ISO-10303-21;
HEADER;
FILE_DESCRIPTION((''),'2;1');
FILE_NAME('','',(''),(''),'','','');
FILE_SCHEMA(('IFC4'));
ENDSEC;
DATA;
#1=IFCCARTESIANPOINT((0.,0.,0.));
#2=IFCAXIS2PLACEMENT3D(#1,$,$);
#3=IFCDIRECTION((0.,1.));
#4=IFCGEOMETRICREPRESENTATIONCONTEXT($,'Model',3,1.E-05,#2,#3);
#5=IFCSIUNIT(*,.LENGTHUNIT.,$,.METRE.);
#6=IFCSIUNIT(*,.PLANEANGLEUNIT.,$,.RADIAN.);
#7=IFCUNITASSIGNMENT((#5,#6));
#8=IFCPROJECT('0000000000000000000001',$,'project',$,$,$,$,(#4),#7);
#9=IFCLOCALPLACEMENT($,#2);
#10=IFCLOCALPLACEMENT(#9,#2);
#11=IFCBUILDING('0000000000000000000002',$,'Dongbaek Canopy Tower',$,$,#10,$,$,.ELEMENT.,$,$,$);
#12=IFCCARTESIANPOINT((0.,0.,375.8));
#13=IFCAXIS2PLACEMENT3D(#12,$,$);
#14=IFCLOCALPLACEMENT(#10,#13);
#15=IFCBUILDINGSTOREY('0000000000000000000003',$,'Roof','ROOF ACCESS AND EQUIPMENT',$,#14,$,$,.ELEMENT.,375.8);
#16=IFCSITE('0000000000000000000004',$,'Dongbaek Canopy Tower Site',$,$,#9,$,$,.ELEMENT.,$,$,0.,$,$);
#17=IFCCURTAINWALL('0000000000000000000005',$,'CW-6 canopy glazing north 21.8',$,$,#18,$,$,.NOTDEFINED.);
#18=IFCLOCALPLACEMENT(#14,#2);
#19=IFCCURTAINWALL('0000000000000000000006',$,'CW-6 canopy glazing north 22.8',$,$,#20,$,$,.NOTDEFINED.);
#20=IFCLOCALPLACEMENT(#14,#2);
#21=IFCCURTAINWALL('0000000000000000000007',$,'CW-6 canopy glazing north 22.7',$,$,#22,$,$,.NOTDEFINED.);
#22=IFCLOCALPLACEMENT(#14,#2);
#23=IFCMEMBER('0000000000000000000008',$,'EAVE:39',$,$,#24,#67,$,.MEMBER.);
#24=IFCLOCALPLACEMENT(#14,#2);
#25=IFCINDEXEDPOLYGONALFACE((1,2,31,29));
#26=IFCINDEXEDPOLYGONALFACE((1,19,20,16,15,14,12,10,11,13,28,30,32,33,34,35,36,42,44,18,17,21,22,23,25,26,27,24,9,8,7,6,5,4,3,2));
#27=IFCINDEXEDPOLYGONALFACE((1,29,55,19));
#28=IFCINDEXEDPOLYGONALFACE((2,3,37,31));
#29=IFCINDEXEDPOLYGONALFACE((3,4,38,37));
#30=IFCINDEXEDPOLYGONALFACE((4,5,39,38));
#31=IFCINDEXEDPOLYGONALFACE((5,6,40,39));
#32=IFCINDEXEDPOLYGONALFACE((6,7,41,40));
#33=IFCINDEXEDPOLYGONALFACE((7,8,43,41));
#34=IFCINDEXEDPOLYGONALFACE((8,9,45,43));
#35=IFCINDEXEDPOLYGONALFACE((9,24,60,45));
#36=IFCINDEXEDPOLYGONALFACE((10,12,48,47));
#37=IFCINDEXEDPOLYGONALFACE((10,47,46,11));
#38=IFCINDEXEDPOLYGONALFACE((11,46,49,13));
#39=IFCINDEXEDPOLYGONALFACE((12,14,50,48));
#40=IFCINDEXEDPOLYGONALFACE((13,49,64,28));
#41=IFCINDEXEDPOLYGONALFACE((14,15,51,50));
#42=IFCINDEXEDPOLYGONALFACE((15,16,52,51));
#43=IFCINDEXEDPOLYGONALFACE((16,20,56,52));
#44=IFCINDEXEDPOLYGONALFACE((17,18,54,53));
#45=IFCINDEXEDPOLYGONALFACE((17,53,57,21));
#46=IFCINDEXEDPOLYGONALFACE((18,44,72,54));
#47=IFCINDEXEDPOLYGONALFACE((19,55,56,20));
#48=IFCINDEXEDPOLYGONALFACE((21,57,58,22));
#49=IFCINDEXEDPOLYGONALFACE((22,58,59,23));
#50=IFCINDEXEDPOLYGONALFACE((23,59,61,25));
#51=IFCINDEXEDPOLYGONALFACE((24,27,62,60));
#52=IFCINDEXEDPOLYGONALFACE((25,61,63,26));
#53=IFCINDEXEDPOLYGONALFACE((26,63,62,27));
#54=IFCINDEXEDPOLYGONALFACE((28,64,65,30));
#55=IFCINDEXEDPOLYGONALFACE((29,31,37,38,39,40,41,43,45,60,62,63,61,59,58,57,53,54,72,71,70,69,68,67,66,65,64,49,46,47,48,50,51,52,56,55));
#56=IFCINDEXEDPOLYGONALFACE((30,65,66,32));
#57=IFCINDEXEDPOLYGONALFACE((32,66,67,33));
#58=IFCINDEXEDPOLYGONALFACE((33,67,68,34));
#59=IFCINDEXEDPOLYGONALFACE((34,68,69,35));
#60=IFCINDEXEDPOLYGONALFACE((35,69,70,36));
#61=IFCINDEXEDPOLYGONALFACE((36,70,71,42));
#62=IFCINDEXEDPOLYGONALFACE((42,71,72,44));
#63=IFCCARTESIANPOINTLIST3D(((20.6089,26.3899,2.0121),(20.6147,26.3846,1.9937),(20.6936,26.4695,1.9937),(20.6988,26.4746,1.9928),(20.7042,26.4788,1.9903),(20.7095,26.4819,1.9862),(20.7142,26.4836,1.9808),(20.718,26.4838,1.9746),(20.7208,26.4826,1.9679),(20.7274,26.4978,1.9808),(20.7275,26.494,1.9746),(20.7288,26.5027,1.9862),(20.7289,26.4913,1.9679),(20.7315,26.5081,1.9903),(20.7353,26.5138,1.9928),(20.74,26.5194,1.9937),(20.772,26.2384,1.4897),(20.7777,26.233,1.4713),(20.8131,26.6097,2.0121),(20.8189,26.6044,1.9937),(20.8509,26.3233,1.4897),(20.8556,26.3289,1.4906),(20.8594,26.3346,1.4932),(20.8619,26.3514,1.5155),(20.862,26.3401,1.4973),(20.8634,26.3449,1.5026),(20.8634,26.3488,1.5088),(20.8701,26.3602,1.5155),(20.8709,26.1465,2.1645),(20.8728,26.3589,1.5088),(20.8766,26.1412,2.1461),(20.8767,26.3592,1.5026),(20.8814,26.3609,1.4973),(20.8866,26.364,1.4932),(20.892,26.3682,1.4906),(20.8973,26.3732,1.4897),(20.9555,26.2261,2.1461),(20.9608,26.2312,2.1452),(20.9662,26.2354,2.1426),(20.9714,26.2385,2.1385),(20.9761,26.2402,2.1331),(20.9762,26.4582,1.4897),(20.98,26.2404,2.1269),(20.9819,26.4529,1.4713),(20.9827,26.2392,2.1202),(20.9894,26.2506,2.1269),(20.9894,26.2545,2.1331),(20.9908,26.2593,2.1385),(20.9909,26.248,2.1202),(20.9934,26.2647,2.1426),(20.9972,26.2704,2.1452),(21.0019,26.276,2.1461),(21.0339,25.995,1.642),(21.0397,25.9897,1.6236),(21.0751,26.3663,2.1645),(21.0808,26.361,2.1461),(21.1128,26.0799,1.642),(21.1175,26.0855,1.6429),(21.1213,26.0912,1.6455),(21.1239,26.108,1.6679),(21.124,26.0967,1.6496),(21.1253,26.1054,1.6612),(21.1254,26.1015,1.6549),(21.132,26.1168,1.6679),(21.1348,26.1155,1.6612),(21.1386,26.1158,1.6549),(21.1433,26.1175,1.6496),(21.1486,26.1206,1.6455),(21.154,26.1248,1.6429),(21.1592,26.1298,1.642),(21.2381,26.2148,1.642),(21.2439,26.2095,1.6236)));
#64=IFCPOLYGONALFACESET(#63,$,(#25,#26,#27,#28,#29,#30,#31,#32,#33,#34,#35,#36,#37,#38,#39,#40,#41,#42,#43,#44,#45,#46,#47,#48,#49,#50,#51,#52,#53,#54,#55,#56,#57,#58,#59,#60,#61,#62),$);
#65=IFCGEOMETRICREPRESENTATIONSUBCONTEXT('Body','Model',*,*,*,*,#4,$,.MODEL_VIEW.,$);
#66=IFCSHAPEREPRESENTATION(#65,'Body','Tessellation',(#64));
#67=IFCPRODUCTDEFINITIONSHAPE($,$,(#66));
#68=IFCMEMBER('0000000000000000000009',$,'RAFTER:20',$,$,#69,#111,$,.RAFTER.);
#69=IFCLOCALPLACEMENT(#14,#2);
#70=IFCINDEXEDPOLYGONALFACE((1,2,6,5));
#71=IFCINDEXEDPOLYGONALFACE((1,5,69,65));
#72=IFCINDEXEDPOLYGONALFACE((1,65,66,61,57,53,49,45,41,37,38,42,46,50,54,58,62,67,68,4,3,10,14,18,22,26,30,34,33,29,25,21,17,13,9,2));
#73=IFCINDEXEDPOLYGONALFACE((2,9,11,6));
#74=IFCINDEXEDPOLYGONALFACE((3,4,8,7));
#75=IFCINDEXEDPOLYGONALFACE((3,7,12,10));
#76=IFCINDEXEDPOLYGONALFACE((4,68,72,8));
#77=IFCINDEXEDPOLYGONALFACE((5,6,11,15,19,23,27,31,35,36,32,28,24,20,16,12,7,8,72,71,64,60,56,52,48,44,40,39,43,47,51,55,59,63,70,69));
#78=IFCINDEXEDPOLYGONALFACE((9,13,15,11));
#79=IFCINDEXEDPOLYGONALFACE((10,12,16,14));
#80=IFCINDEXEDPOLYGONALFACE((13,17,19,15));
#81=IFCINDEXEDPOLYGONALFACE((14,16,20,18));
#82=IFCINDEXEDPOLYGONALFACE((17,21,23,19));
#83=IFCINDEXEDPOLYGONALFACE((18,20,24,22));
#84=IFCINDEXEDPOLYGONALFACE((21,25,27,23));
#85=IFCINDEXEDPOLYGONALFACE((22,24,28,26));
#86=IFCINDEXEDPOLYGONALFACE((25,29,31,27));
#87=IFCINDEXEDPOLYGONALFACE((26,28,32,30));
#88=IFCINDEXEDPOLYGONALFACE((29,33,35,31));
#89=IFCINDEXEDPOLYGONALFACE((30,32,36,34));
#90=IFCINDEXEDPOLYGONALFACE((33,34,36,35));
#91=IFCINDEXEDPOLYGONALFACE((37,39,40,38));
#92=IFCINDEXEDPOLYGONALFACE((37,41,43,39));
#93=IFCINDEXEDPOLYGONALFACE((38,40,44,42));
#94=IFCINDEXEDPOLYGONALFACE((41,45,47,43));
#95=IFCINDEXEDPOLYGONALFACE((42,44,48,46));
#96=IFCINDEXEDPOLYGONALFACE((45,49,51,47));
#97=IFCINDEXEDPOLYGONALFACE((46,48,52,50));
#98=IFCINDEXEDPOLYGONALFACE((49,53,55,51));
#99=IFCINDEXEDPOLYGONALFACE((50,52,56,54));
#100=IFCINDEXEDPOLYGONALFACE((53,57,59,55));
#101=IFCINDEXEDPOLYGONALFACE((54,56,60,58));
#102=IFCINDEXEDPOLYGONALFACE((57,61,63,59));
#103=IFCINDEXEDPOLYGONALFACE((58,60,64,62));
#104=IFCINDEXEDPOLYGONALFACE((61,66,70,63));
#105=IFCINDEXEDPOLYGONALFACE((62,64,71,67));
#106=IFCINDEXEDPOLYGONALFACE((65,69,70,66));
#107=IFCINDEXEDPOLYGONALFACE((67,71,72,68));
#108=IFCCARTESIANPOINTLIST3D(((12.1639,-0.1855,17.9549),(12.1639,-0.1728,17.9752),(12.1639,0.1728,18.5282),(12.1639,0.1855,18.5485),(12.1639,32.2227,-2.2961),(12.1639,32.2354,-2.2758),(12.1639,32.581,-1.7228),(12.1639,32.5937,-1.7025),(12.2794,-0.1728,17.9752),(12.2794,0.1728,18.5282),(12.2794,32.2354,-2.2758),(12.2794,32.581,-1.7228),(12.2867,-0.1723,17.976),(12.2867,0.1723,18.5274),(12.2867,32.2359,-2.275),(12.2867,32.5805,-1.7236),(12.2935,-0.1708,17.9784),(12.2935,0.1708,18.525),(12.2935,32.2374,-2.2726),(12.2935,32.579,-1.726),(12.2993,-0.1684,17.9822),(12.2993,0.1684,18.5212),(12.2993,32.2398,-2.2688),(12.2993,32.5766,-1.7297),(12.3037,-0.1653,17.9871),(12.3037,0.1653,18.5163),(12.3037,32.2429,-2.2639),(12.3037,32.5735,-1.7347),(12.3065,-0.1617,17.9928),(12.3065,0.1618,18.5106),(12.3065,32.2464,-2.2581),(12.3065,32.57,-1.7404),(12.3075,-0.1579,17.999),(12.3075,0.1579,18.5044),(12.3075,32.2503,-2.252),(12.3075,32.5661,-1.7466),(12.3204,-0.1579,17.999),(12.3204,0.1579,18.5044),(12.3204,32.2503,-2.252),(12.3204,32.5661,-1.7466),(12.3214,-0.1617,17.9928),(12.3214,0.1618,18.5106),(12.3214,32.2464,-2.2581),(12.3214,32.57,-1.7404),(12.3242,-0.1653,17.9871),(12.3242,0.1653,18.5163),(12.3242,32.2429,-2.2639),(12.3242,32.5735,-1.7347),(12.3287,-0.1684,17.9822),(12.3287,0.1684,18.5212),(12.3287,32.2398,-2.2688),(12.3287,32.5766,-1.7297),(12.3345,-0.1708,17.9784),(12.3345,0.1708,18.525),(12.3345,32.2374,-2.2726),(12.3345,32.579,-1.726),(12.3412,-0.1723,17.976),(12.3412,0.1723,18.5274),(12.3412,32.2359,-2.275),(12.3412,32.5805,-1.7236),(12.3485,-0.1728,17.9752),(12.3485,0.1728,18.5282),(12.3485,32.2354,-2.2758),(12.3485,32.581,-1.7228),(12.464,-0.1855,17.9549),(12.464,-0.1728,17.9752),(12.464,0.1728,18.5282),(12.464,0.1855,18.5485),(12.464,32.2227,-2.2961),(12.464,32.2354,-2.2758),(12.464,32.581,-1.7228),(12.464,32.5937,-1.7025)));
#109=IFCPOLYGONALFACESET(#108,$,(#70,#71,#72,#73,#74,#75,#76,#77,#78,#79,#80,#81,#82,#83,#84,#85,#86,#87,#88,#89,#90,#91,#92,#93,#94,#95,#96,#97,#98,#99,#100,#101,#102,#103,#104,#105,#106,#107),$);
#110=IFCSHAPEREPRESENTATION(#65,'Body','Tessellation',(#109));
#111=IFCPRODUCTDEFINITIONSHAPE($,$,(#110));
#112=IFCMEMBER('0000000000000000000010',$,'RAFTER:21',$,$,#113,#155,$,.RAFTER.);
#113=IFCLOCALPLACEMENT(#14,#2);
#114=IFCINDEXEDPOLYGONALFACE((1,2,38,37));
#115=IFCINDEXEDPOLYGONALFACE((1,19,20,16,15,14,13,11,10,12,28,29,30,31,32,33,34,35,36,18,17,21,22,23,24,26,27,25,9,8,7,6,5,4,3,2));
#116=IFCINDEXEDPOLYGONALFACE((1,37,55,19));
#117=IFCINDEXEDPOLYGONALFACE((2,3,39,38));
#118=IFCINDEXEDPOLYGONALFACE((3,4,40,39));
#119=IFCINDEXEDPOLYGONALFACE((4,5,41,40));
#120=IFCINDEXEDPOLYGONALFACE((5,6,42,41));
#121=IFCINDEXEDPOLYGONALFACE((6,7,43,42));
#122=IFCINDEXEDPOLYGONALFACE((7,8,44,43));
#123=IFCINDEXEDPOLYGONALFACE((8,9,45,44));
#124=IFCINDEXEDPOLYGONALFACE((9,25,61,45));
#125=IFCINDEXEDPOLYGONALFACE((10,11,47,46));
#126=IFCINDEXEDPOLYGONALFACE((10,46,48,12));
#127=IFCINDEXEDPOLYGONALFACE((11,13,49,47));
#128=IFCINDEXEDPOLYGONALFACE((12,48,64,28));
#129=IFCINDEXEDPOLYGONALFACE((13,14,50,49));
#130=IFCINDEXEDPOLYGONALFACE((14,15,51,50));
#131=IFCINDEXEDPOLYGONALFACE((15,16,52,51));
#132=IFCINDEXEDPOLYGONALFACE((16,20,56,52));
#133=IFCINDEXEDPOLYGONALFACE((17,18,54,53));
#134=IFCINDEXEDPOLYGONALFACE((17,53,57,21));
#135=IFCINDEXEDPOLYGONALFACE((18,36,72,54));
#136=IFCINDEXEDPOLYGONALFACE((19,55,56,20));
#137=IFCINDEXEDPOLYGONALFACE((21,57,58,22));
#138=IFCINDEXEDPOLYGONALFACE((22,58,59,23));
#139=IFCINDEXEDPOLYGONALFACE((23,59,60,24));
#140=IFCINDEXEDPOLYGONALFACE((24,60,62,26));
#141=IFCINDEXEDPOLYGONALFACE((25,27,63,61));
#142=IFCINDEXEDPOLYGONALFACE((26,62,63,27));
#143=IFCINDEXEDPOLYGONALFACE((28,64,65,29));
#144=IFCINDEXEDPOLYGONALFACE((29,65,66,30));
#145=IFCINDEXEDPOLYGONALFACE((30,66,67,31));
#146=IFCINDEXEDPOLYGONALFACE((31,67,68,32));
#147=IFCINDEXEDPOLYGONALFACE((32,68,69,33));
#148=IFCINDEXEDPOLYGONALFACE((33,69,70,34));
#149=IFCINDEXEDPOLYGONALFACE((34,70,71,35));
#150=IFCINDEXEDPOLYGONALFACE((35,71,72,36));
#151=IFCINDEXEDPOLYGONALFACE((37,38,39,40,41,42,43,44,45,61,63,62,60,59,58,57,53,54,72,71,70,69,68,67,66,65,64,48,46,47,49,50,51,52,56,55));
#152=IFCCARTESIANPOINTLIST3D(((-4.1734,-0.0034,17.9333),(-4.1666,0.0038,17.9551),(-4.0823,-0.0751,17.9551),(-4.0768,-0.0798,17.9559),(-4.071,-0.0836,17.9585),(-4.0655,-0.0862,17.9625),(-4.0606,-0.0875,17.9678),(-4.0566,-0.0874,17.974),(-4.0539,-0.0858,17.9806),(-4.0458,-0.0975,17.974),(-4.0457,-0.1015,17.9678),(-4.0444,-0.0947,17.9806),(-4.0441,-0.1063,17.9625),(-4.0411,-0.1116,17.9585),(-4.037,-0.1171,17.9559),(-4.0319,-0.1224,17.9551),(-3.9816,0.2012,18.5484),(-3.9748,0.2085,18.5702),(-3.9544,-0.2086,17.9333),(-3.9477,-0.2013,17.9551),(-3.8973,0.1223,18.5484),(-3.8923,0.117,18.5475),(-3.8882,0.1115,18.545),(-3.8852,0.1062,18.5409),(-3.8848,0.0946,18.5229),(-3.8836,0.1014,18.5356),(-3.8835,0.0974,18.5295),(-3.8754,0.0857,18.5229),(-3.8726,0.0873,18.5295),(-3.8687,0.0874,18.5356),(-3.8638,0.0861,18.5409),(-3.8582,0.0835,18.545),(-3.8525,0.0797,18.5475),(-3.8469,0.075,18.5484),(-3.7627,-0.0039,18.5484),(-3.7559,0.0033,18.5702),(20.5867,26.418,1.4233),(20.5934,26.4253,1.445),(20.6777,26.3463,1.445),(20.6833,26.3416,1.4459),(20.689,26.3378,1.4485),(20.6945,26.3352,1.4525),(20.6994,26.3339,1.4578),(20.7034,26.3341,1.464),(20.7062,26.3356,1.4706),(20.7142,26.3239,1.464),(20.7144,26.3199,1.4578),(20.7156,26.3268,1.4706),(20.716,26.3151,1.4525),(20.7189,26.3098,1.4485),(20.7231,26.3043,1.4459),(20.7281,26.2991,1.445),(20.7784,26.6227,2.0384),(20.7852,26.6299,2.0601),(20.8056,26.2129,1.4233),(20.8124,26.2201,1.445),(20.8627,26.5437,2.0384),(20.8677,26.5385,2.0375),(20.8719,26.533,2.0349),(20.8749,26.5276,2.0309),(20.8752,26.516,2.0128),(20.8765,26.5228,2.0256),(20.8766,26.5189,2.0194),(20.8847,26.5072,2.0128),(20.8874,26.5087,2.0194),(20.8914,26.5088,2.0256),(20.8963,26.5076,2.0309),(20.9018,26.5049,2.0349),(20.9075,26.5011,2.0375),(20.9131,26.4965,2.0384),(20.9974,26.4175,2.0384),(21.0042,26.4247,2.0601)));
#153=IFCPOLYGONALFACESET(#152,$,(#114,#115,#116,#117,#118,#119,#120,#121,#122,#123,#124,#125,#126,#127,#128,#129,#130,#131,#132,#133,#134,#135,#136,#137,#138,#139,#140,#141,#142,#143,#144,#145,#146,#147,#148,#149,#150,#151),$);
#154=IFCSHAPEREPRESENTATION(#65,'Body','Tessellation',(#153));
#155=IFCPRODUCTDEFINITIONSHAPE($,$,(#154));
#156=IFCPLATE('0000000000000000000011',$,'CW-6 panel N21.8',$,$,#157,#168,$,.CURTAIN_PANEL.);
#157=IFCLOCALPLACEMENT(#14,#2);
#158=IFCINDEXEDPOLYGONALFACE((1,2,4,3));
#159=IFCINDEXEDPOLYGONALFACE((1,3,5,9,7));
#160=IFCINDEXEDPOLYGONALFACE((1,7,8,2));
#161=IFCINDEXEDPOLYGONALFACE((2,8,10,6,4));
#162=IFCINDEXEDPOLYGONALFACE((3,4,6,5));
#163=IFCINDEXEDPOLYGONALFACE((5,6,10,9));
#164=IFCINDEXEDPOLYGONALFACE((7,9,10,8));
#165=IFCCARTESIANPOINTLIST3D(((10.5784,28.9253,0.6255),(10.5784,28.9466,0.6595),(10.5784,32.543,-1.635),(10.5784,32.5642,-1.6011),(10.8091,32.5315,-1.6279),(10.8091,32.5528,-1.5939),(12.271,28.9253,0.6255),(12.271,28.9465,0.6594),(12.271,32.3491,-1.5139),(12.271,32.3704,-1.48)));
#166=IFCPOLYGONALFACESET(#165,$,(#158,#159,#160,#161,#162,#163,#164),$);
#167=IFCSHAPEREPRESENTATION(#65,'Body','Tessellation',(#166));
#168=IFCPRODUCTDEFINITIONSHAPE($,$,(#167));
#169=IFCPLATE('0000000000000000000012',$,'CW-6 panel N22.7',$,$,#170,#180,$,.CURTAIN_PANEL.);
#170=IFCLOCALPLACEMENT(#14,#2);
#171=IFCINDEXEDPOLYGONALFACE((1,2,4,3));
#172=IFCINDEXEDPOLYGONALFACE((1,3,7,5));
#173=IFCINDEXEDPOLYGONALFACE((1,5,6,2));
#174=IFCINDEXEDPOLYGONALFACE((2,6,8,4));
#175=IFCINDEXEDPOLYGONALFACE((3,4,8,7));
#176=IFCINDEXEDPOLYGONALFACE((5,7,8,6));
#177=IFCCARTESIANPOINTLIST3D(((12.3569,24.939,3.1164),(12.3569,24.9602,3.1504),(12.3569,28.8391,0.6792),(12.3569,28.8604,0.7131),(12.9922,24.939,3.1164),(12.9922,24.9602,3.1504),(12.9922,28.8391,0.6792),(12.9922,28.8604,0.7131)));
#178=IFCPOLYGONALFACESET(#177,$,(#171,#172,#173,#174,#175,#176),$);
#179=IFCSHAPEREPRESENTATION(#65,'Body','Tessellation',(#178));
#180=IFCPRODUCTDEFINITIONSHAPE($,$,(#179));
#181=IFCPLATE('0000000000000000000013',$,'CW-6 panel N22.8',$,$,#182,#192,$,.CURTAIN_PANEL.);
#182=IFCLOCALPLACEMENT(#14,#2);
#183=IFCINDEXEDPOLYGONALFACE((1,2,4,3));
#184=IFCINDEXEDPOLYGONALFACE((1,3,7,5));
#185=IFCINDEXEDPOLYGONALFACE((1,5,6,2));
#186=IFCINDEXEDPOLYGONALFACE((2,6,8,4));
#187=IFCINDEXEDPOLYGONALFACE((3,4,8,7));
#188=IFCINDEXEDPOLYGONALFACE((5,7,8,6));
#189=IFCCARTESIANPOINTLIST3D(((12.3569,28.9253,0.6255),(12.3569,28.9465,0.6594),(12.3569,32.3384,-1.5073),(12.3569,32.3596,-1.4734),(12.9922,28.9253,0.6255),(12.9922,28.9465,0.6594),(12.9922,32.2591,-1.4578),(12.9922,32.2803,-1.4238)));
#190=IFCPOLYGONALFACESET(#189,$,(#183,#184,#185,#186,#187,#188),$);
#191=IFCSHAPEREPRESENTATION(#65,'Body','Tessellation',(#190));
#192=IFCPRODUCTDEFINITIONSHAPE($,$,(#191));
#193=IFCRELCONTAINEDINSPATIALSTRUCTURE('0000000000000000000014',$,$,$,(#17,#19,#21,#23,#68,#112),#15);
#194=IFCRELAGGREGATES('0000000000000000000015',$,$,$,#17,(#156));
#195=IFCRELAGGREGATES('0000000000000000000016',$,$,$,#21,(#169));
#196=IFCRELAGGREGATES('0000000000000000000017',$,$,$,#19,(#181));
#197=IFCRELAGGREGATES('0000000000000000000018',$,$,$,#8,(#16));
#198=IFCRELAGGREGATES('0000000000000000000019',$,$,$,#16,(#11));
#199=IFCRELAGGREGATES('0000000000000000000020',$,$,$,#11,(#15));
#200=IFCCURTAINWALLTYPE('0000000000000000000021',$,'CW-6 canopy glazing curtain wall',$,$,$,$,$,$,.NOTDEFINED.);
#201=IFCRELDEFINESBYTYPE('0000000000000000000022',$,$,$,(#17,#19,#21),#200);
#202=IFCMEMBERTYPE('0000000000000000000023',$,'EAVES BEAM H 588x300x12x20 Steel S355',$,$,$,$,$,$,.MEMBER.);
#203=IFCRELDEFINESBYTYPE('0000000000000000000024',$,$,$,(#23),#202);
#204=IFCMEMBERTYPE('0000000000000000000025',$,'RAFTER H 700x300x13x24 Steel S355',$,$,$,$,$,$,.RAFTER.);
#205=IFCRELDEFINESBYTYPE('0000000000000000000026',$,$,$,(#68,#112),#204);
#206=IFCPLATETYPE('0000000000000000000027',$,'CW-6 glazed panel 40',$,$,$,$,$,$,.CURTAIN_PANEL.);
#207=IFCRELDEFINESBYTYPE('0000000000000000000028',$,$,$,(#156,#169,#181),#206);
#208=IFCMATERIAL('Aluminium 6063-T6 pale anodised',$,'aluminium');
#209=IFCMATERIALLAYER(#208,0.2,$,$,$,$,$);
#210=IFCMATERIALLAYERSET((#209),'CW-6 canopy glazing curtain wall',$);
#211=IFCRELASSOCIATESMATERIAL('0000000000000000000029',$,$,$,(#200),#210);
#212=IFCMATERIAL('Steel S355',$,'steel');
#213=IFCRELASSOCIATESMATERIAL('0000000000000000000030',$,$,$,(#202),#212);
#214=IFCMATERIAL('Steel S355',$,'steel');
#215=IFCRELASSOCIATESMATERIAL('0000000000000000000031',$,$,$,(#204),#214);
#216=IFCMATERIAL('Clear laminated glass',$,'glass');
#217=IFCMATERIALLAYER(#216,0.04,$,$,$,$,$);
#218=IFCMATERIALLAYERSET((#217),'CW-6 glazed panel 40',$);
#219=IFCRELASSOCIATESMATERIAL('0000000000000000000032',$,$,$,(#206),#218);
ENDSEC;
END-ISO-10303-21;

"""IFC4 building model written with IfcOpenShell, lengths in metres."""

from ifc_helpers import new_model, si_unit, direction, frame, origin, origin_2d, place, context, subcontext, project, spatial, polyline, i_section, outline, extrude, material, layer, layer_set, material_profile, profile_set, type_object, element, aggregate, save


model = new_model("IFC4")

# Units and contexts
model_context = context("Model", 3, precision=1e-05, world=origin(), true_north=direction((0.0, 1.0)))
body_context = subcontext(model_context, "Body", "Model", "MODEL_VIEW")
ifc_project = project(units=[si_unit("LENGTHUNIT", "METRE"), si_unit("PLANEANGLEUNIT", "RADIAN")], contexts=[model_context])

# Site, building, storey
site_placement = place(None, origin())
site = spatial("IfcSite", under=ifc_project, at=site_placement, Name="Dongbaek Canopy Tower Site", CompositionType="ELEMENT", RefElevation=0.0)
building_placement = place(site_placement, origin())
building = spatial("IfcBuilding", under=site, at=building_placement, Name="Dongbaek Canopy Tower", CompositionType="ELEMENT")
storey_placement = place(building_placement, frame((0.0, 0.0, 375.8)))
storey = spatial("IfcBuildingStorey", under=building, at=storey_placement, Name="Roof", Description="ROOF ACCESS AND EQUIPMENT", CompositionType="ELEMENT", Elevation=375.8)

# Curtain walls
ifc_material_1 = material(Name="Aluminium 6063-T6 pale anodised", Category="aluminium")
ifc_layer_1 = layer(ifc_material_1, 0.2)
ifc_layer_set_1 = layer_set([ifc_layer_1], Name="CW-6 canopy glazing curtain wall")
curtain_wall_type = type_object("IfcCurtainWallType", Name="CW-6 canopy glazing curtain wall", PredefinedType="NOTDEFINED", material=ifc_layer_set_1)
curtain_wall_1_placement = place(storey_placement, origin())
curtain_wall_1 = element("IfcCurtainWall", 1, at=curtain_wall_1_placement, inside=storey, type_object=curtain_wall_type, Name="CW-6 canopy glazing north 21.8", PredefinedType="NOTDEFINED")
curtain_wall_2_placement = place(storey_placement, origin())
curtain_wall_2 = element("IfcCurtainWall", 2, at=curtain_wall_2_placement, inside=storey, type_object=curtain_wall_type, Name="CW-6 canopy glazing north 22.8", PredefinedType="NOTDEFINED")
curtain_wall_3_placement = place(storey_placement, origin())
curtain_wall_3 = element("IfcCurtainWall", 3, at=curtain_wall_3_placement, inside=storey, type_object=curtain_wall_type, Name="CW-6 canopy glazing north 22.7", PredefinedType="NOTDEFINED")

# Members
ifc_material_2 = material(Name="Steel S355", Category="steel")
ifc_material_profile_1 = material_profile(ifc_material_2, i_section(OverallWidth=0.3, OverallDepth=0.5879, WebThickness=0.012, FlangeThickness=0.02, FilletRadius=0.0281, at=origin_2d()), Name="EAVES BEAM H 588x300x12x20 Steel S355")
ifc_profile_set_1 = profile_set([ifc_material_profile_1], Name="Steel S355")
member_type_1 = type_object("IfcMemberType", Name="EAVES BEAM H 588x300x12x20 Steel S355", PredefinedType="MEMBER", material=ifc_profile_set_1)
member_1_placement = place(storey_placement, frame((21.0574, 26.178, 1.894), z_axis=(-0.673962, 0.626225, -0.39194), x_axis=(-0.680687, -0.732575, 0.0)))
element("IfcMember", 4, at=member_1_placement, inside=storey, type_object=member_type_1, Name="EAVE:39", PredefinedType="MEMBER", context=body_context, shape_type="SweptSolid", body=[
    extrude(i_section(OverallWidth=0.3, OverallDepth=0.5879, WebThickness=0.012, FlangeThickness=0.02, FilletRadius=0.0281, at=origin_2d()), origin(), (0.0, 0.0, 1.0), 0.3887),
])
ifc_material_3 = material(Name="Steel S355", Category="steel")
ifc_material_profile_2 = material_profile(ifc_material_3, i_section(OverallWidth=0.3, OverallDepth=0.7, WebThickness=0.0129, FlangeThickness=0.0239, FilletRadius=0.0281, at=origin_2d()), Name="RAFTER H 700x300x13x24 Steel S355")
ifc_profile_set_2 = profile_set([ifc_material_profile_2], Name="Steel S355")
member_type_2 = type_object("IfcMemberType", Name="RAFTER H 700x300x13x24 Steel S355", PredefinedType="RAFTER", material=ifc_profile_set_2)
member_2_placement = place(storey_placement, frame((12.314, 32.4082, -1.9993), z_axis=(0.0, -0.848047, 0.529921), x_axis=(1.0, 0.0, 0.0)))
element("IfcMember", 5, at=member_2_placement, inside=storey, type_object=member_type_2, Name="RAFTER:20", PredefinedType="RAFTER", context=body_context, shape_type="SweptSolid", body=[
    extrude(i_section(OverallWidth=0.3, OverallDepth=0.7, WebThickness=0.0129, FlangeThickness=0.0239, FilletRadius=0.0281, at=origin_2d()), origin(), (0.0, 0.0, 1.0), 38.2151),
])
member_3_placement = place(storey_placement, frame((20.7954, 26.4214, 1.7417), z_axis=(-0.622172, -0.663919, 0.414865), x_axis=(0.729676, -0.683794, 0.0)))
element("IfcMember", 6, at=member_3_placement, inside=storey, type_object=member_type_2, Name="RAFTER:21", PredefinedType="RAFTER", context=body_context, shape_type="SweptSolid", body=[
    extrude(i_section(OverallWidth=0.3, OverallDepth=0.7, WebThickness=0.0129, FlangeThickness=0.0239, FilletRadius=0.0281, at=origin_2d()), origin(), (0.0, 0.0, 1.0), 39.7961),
])

# Plates
ifc_material_4 = material(Name="Clear laminated glass", Category="glass")
ifc_layer_2 = layer(ifc_material_4, 0.04)
ifc_layer_set_2 = layer_set([ifc_layer_2], Name="CW-6 glazed panel 40")
plate_type = type_object("IfcPlateType", Name="CW-6 glazed panel 40", PredefinedType="CURTAIN_PANEL", material=ifc_layer_set_2)
plate_1_placement = place(storey_placement, frame((12.271, 32.3704, -1.48), z_axis=(0.000009, 0.529916, 0.84805), x_axis=(0.0, -0.84805, 0.529916)))
plate_1 = element("IfcPlate", 7, at=plate_1_placement, type_object=plate_type, Name="CW-6 panel N21.8", PredefinedType="CURTAIN_PANEL", context=body_context, shape_type="SweptSolid", body=[
    extrude(outline(polyline([(0.0, 0.0), (4.0373, 0.0), (4.0373, -1.6926), (-0.2286, -1.6926), (-0.2151, -1.4619), (0.0, 0.0)])), origin(), (0.0, 0.0, -1.0), 0.04),
])
aggregate(curtain_wall_1, [plate_1])
plate_2_placement = place(storey_placement, frame((12.9922, 24.9602, 3.1504), z_axis=(0.0, 0.529946, 0.848031), x_axis=(-1.0, 0.0, 0.0)))
plate_2 = element("IfcPlate", 8, at=plate_2_placement, type_object=plate_type, Name="CW-6 panel N22.7", PredefinedType="CURTAIN_PANEL", context=body_context, shape_type="SweptSolid", body=[
    extrude(outline(polyline([(0.0, 0.0), (0.6353, 0.0), (0.6353, -4.5991), (0.0, -4.5991), (0.0, 0.0)])), origin(), (0.0, 0.0, -1.0), 0.04),
])
aggregate(curtain_wall_3, [plate_2])
plate_3_placement = place(storey_placement, frame((12.9922, 28.9465, 0.6594), z_axis=(0.000015, 0.529935, 0.848038), x_axis=(-1.0, 0.000008, 0.000013)))
plate_3 = element("IfcPlate", 9, at=plate_3_placement, type_object=plate_type, Name="CW-6 panel N22.8", PredefinedType="CURTAIN_PANEL", context=body_context, shape_type="SweptSolid", body=[
    extrude(outline(polyline([(0.0, 0.0), (0.6353, 0.0), (0.6353, -4.0247), (0.0, -3.9311), (0.0, 0.0)])), origin(), (0.0, 0.0, -1.0), 0.04),
])
aggregate(curtain_wall_2, [plate_3])

save(model, "model.ifc")
